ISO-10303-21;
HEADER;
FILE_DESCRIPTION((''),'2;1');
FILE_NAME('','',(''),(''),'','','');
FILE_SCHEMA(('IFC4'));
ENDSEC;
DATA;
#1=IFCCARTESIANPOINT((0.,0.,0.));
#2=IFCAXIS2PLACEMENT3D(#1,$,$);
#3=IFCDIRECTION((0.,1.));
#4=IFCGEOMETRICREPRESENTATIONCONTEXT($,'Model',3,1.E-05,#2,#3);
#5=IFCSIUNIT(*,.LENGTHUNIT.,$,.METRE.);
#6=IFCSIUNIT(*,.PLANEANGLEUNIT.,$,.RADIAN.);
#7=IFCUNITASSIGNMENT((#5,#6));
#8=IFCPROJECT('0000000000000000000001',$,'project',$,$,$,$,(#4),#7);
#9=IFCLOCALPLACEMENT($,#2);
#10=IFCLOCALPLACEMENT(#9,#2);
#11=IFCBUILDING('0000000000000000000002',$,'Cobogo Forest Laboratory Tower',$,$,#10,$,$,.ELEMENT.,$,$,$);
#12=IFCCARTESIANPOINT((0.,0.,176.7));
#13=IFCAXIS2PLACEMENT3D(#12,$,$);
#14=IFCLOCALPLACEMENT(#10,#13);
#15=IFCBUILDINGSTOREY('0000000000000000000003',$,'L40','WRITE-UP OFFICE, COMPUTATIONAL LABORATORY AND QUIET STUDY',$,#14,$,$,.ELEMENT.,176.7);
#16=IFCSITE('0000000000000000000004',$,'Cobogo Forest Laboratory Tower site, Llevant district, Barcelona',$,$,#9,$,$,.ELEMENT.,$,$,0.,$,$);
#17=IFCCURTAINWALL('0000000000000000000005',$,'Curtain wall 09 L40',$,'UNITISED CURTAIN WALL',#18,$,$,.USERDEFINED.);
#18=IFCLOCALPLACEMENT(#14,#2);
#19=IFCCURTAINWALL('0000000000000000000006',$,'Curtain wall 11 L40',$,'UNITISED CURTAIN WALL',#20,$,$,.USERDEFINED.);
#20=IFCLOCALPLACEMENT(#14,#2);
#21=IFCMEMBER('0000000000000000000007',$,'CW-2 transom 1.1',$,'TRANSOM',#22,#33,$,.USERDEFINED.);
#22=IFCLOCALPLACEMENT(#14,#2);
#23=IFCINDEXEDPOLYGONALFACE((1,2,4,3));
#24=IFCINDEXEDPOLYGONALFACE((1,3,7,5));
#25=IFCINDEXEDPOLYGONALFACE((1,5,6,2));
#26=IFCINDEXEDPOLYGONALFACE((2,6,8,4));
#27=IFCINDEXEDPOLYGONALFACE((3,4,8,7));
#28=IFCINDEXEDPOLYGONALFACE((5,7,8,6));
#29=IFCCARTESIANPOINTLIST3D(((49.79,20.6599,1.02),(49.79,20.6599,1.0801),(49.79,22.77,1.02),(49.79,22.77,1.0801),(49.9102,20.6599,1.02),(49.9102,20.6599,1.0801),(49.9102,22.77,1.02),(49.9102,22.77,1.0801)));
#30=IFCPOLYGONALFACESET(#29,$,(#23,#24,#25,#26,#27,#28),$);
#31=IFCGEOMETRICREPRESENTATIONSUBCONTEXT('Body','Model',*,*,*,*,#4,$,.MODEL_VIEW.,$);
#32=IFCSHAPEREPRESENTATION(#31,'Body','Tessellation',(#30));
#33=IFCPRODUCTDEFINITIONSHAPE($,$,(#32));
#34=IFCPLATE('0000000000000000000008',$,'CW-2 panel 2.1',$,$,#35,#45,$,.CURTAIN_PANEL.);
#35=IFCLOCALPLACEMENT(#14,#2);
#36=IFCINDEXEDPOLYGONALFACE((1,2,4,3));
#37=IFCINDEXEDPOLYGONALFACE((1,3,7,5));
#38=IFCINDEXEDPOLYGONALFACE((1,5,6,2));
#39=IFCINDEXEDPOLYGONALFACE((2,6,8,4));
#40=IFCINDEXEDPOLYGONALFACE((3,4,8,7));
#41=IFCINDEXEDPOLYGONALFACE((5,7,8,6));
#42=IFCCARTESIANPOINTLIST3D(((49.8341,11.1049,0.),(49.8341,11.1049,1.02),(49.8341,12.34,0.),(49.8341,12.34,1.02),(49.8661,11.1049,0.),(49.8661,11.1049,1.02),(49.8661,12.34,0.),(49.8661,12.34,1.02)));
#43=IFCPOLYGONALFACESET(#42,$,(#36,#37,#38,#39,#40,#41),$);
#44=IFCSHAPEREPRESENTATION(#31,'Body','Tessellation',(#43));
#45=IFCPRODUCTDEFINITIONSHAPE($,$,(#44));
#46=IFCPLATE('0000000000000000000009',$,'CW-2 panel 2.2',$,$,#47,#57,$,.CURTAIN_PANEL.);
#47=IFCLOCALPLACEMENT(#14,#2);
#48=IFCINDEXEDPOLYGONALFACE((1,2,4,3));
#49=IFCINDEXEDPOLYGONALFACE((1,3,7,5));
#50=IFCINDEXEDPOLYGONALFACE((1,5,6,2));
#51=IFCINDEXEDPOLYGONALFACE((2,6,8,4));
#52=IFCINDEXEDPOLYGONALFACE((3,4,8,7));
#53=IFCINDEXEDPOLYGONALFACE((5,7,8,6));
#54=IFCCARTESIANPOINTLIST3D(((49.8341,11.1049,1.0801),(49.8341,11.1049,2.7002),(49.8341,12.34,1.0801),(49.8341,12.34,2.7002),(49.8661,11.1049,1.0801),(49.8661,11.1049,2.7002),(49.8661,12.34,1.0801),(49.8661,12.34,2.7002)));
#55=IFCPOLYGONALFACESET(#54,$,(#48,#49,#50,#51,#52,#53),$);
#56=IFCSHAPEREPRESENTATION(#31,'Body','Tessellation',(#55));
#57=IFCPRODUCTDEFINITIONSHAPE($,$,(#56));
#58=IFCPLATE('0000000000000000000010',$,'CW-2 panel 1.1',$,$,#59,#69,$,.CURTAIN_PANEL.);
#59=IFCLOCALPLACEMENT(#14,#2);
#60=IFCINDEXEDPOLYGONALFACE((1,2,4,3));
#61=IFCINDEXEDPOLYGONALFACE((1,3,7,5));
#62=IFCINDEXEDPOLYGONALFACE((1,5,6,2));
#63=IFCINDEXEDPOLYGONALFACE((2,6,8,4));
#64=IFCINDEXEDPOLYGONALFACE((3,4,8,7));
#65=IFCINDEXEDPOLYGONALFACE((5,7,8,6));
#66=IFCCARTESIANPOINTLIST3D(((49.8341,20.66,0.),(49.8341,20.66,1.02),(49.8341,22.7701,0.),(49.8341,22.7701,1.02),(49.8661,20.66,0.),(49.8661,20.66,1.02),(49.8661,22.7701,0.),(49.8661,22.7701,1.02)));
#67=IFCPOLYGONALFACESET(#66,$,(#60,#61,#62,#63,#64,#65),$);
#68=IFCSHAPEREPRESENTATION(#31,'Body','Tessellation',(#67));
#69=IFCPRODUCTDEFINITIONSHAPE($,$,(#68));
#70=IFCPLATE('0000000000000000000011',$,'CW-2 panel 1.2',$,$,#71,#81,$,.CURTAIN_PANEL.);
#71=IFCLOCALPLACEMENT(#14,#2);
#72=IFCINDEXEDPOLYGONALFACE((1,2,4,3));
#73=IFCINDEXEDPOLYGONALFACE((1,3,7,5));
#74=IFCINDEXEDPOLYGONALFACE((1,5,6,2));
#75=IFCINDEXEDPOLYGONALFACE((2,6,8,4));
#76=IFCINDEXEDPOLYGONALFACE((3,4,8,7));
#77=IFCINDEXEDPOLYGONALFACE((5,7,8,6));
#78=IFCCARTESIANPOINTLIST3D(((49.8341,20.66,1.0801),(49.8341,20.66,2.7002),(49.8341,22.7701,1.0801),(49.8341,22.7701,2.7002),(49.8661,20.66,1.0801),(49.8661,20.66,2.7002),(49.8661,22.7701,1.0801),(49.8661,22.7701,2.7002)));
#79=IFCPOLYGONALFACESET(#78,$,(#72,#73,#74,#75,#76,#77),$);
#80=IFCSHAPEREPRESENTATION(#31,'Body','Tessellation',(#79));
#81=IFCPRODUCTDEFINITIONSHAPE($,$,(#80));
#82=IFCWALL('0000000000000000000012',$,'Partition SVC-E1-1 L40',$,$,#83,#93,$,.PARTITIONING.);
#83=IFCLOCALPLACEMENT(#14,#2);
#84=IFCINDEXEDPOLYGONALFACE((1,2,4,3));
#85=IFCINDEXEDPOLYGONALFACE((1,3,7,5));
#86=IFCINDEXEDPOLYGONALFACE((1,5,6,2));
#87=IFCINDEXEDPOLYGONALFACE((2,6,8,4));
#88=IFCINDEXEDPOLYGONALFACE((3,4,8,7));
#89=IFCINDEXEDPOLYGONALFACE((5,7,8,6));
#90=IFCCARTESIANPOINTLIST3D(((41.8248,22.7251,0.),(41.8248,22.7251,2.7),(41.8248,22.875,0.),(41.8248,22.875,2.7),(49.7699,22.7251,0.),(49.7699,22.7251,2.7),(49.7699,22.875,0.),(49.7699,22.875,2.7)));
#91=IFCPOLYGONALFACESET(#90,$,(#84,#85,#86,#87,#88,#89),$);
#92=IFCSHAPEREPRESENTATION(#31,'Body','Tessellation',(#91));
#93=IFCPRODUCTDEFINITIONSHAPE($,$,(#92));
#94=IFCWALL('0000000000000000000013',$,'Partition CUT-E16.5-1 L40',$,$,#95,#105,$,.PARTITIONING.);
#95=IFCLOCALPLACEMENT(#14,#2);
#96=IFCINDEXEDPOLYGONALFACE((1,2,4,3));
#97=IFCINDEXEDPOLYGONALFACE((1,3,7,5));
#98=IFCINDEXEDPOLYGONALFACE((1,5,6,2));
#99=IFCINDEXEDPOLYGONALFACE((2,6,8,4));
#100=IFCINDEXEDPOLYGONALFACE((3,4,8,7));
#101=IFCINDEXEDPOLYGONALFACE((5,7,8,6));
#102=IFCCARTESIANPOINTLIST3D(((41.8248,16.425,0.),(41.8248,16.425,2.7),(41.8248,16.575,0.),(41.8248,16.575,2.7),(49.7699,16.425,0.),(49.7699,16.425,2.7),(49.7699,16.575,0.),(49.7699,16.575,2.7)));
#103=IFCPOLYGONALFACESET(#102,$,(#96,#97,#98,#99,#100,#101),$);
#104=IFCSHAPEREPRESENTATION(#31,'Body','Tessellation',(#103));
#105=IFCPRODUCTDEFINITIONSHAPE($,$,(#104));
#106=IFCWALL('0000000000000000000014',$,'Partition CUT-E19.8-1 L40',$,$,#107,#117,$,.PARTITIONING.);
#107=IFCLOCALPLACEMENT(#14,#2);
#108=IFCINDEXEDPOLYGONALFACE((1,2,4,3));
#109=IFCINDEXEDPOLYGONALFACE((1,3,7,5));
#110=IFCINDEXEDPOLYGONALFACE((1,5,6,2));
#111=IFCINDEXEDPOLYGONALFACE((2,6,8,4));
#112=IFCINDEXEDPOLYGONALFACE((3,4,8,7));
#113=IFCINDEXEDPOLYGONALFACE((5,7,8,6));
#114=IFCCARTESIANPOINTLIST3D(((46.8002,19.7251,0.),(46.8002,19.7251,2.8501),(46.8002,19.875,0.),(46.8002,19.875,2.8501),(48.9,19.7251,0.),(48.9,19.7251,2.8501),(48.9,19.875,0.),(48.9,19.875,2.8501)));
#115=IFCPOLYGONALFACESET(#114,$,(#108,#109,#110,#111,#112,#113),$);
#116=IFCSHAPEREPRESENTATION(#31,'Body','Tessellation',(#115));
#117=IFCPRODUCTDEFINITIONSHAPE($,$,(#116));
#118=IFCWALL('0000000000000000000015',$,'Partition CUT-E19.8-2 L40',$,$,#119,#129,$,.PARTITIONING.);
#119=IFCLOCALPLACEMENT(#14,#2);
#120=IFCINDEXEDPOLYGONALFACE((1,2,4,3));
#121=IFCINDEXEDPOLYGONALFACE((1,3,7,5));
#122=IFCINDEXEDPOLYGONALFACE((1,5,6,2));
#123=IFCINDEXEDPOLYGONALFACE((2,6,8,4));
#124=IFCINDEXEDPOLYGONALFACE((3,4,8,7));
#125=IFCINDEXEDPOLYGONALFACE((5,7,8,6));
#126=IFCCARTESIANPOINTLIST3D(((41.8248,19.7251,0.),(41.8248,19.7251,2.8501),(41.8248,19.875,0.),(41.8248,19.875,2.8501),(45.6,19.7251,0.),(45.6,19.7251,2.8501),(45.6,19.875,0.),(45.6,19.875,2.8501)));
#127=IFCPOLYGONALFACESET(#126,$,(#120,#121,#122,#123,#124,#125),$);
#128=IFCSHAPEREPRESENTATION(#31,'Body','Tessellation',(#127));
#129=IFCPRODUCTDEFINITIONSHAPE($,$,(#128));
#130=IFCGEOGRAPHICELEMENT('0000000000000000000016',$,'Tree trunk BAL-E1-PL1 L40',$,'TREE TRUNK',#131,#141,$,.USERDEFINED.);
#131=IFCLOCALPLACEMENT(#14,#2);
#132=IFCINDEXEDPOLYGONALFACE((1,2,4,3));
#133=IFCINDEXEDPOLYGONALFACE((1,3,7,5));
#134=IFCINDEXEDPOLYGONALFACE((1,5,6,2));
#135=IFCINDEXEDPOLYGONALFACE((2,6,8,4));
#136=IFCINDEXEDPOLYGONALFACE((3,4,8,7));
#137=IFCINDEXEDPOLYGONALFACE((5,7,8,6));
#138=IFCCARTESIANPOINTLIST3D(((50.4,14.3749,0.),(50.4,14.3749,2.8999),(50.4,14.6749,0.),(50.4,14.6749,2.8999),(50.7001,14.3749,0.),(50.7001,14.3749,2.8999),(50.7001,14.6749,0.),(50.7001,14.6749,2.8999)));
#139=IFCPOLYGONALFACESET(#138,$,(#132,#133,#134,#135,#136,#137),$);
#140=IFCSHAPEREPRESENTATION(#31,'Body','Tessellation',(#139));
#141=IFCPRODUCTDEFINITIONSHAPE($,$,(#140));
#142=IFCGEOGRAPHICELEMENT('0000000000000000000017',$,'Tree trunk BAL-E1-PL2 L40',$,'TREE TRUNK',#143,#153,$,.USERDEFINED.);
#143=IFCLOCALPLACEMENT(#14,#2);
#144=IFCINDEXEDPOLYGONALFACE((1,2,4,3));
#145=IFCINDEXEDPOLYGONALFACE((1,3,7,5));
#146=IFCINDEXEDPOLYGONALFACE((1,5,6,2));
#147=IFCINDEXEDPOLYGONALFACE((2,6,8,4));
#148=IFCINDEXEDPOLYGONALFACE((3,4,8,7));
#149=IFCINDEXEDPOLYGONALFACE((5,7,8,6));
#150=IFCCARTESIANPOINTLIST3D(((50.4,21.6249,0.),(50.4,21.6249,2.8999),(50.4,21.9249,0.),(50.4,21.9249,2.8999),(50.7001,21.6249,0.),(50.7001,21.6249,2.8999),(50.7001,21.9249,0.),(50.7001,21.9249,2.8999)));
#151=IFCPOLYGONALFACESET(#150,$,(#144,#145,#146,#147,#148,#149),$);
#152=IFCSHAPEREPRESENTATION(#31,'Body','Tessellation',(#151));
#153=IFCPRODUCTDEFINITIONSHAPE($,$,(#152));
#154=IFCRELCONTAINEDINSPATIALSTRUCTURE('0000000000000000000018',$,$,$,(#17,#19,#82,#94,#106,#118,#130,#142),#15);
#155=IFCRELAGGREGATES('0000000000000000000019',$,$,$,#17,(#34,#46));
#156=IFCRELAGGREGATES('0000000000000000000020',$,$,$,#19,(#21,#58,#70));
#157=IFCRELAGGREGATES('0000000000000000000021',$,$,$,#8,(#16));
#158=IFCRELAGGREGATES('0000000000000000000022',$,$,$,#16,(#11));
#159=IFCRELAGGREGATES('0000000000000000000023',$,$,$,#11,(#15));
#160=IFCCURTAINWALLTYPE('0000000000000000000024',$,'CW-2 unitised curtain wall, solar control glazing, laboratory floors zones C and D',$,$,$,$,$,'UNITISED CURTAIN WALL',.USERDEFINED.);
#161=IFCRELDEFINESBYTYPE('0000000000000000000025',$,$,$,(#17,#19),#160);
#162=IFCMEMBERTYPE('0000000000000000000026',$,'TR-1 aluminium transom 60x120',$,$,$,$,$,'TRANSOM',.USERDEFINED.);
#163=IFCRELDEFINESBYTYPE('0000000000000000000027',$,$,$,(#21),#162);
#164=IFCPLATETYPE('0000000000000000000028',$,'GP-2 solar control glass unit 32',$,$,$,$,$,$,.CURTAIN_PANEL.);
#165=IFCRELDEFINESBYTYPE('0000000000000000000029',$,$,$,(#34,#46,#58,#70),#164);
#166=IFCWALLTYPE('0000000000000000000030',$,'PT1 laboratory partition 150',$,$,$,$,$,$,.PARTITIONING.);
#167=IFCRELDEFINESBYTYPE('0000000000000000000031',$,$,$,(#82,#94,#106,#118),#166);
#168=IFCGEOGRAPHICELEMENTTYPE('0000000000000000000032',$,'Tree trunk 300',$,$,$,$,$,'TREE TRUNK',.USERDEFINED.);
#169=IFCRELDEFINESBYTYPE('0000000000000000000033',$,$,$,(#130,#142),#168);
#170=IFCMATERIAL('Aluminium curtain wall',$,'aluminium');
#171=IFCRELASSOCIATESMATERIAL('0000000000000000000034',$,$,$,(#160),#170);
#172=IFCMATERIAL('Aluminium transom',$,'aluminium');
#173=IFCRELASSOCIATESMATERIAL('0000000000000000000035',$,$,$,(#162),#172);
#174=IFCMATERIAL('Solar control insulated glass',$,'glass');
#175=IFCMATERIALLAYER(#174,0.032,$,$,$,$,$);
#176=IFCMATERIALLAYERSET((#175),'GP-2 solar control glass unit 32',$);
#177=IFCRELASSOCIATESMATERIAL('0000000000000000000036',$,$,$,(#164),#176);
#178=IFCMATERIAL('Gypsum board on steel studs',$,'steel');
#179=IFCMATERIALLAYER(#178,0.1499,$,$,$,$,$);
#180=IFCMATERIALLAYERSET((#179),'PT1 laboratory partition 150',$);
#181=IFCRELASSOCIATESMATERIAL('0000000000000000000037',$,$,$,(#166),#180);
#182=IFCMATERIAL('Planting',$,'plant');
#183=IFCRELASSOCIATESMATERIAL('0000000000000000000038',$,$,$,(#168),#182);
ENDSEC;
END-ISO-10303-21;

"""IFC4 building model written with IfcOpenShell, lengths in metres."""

from ifc_helpers import new_model, si_unit, direction, frame, frame_2d, origin, origin_2d, place, context, subcontext, project, spatial, rectangle, extrude, material, layer, layer_set, material_profile, profile_set, type_object, element, aggregate, save


model = new_model("IFC4")

# Units and contexts
model_context = context("Model", 3, precision=1e-05, world=origin(), true_north=direction((0.0, 1.0)))
body_context = subcontext(model_context, "Body", "Model", "MODEL_VIEW")
ifc_project = project(units=[si_unit("LENGTHUNIT", "METRE"), si_unit("PLANEANGLEUNIT", "RADIAN")], contexts=[model_context])

# Site, building, storey
site_placement = place(None, origin())
site = spatial("IfcSite", under=ifc_project, at=site_placement, Name="Cobogo Forest Laboratory Tower site, Llevant district, Barcelona", CompositionType="ELEMENT", RefElevation=0.0)
building_placement = place(site_placement, origin())
building = spatial("IfcBuilding", under=site, at=building_placement, Name="Cobogo Forest Laboratory Tower", CompositionType="ELEMENT")
storey_placement = place(building_placement, frame((0.0, 0.0, 176.7)))
storey = spatial("IfcBuildingStorey", under=building, at=storey_placement, Name="L40", Description="WRITE-UP OFFICE, COMPUTATIONAL LABORATORY AND QUIET STUDY", CompositionType="ELEMENT", Elevation=176.7)

# Curtain wall
ifc_material_1 = material(Name="Aluminium curtain wall", Category="aluminium")
curtain_wall_type = type_object("IfcCurtainWallType", Name="CW-2 unitised curtain wall, solar control glazing, laboratory floors zones C and D", ElementType="UNITISED CURTAIN WALL", PredefinedType="USERDEFINED", material=ifc_material_1)
curtain_wall_1_placement = place(storey_placement, origin())
curtain_wall_1 = element("IfcCurtainWall", 1, at=curtain_wall_1_placement, inside=storey, type_object=curtain_wall_type, Name="Curtain wall 09 L40", ObjectType="UNITISED CURTAIN WALL", PredefinedType="USERDEFINED")

# Curtain wall
curtain_wall_2_placement = place(storey_placement, origin())
curtain_wall_2 = element("IfcCurtainWall", 2, at=curtain_wall_2_placement, inside=storey, type_object=curtain_wall_type, Name="Curtain wall 11 L40", ObjectType="UNITISED CURTAIN WALL", PredefinedType="USERDEFINED")

# Member
ifc_material_2 = material(Name="Aluminium transom", Category="aluminium")
ifc_material_profile_1 = material_profile(ifc_material_2, rectangle(XDim=0.1201, YDim=0.0601, at=origin_2d()), Name="AL 60x120")
ifc_profile_set_1 = profile_set([ifc_material_profile_1], Name="Aluminium transom")
member_type_1 = type_object("IfcMemberType", Name="TR-1 aluminium transom 60x120", ElementType="TRANSOM", PredefinedType="USERDEFINED", material=ifc_profile_set_1)
member_1_placement = place(storey_placement, frame((49.8501, 20.6599, 1.05), z_axis=(0.0, 1.0, 0.0), x_axis=(-1.0, 0.0, 0.0)))
member_1 = element("IfcMember", 3, at=member_1_placement, type_object=member_type_1, Name="CW-2 transom 1.1", ObjectType="TRANSOM", PredefinedType="USERDEFINED", context=body_context, shape_type="SweptSolid", body=[
    extrude(rectangle(XDim=0.1201, YDim=0.0601, at=origin_2d()), origin(), (0.0, 0.0, 1.0), 2.1101),
])

# Plates
ifc_material_3 = material(Name="Solar control insulated glass", Category="glass")
ifc_layer_1 = layer(ifc_material_3, 0.032)
ifc_layer_set_1 = layer_set([ifc_layer_1], Name="GP-2 solar control glass unit 32")
plate_type = type_object("IfcPlateType", Name="GP-2 solar control glass unit 32", PredefinedType="CURTAIN_PANEL", material=ifc_layer_set_1)
plate_1_placement = place(storey_placement, frame((49.8501, 11.7224, 0.0), z_axis=(0.0, 0.0, 1.0), x_axis=(0.0, 1.0, 0.0)))
plate_1 = element("IfcPlate", 4, at=plate_1_placement, type_object=plate_type, Name="CW-2 panel 2.1", PredefinedType="CURTAIN_PANEL", context=body_context, shape_type="SweptSolid", body=[
    extrude(rectangle(XDim=1.2351, YDim=0.032, at=origin_2d()), origin(), (0.0, 0.0, 1.0), 1.02),
])
plate_2_placement = place(storey_placement, frame((49.8501, 11.7224, 1.0801), z_axis=(0.0, 0.0, 1.0), x_axis=(0.0, 1.0, 0.0)))
plate_2 = element("IfcPlate", 5, at=plate_2_placement, type_object=plate_type, Name="CW-2 panel 2.2", PredefinedType="CURTAIN_PANEL", context=body_context, shape_type="SweptSolid", body=[
    extrude(rectangle(XDim=1.2351, YDim=0.032, at=origin_2d()), origin(), (0.0, 0.0, 1.0), 1.6201),
])
aggregate(curtain_wall_1, [plate_1, plate_2])
plate_3_placement = place(storey_placement, frame((49.8501, 21.7151, 0.0), z_axis=(0.0, 0.0, 1.0), x_axis=(0.0, 1.0, 0.0)))
plate_3 = element("IfcPlate", 6, at=plate_3_placement, type_object=plate_type, Name="CW-2 panel 1.1", PredefinedType="CURTAIN_PANEL", context=body_context, shape_type="SweptSolid", body=[
    extrude(rectangle(XDim=2.1101, YDim=0.032, at=origin_2d()), origin(), (0.0, 0.0, 1.0), 1.02),
])
plate_4_placement = place(storey_placement, frame((49.8501, 21.7151, 1.0801), z_axis=(0.0, 0.0, 1.0), x_axis=(0.0, 1.0, 0.0)))
plate_4 = element("IfcPlate", 7, at=plate_4_placement, type_object=plate_type, Name="CW-2 panel 1.2", PredefinedType="CURTAIN_PANEL", context=body_context, shape_type="SweptSolid", body=[
    extrude(rectangle(XDim=2.1101, YDim=0.032, at=origin_2d()), origin(), (0.0, 0.0, 1.0), 1.6201),
])
aggregate(curtain_wall_2, [member_1, plate_3, plate_4])

# Walls
ifc_material_4 = material(Name="Gypsum board on steel studs", Category="steel")
ifc_layer_2 = layer(ifc_material_4, 0.1499)
ifc_layer_set_2 = layer_set([ifc_layer_2], Name="PT1 laboratory partition 150")
wall_type_1 = type_object("IfcWallType", Name="PT1 laboratory partition 150", PredefinedType="PARTITIONING", material=ifc_layer_set_2)
for number, where, z_axis, x_axis, name in (
    (8, (49.77, 22.8, 0.0), (0.0, 0.0, 1.0), (-1.0, 0.0, 0.0), "Partition SVC-E1-1 L40"),
    (9, (49.77, 16.5, 0.0), (0.0, 0.0, 1.0), (-1.0, 0.0, 0.0), "Partition CUT-E16.5-1 L40"),
):
    element("IfcWall", number, at=place(storey_placement, frame(where, z_axis=z_axis, x_axis=x_axis)), inside=storey, type_object=wall_type_1, Name=name, PredefinedType="PARTITIONING", context=body_context, shape_type="SweptSolid", body=[
        extrude(rectangle(XDim=7.9451, YDim=0.1499, at=frame_2d((3.9727, 0.0))), origin(), (0.0, 0.0, 1.0), 2.7),
    ])
wall_1_placement = place(storey_placement, frame((48.8999, 19.8, 0.0), z_axis=(0.0, 0.0, 1.0), x_axis=(-1.0, 0.0, 0.0)))
element("IfcWall", 10, at=wall_1_placement, inside=storey, type_object=wall_type_1, Name="Partition CUT-E19.8-1 L40", PredefinedType="PARTITIONING", context=body_context, shape_type="SweptSolid", body=[
    extrude(rectangle(XDim=2.0999, YDim=0.1499, at=frame_2d((1.0498, 0.0))), origin(), (0.0, 0.0, 1.0), 2.8501),
])
wall_2_placement = place(storey_placement, frame((45.6001, 19.8, 0.0), z_axis=(0.0, 0.0, 1.0), x_axis=(-1.0, 0.0, 0.0)))
element("IfcWall", 11, at=wall_2_placement, inside=storey, type_object=wall_type_1, Name="Partition CUT-E19.8-2 L40", PredefinedType="PARTITIONING", context=body_context, shape_type="SweptSolid", body=[
    extrude(rectangle(XDim=3.7751, YDim=0.1499, at=frame_2d((1.8877, 0.0))), origin(), (0.0, 0.0, 1.0), 2.8501),
])

# Geographic elements
ifc_material_5 = material(Name="Planting", Category="plant")
geographic_element_type = type_object("IfcGeographicElementType", Name="Tree trunk 300", ElementType="TREE TRUNK", PredefinedType="USERDEFINED", material=ifc_material_5)
for number, where, z_axis, x_axis, name in (
    (12, (50.55, 14.5249, 0.0), (0.0, 0.0, 1.0), (1.0, 0.0, 0.0), "Tree trunk BAL-E1-PL1 L40"),
    (13, (50.55, 21.7749, 0.0), (0.0, 0.0, 1.0), (1.0, 0.0, 0.0), "Tree trunk BAL-E1-PL2 L40"),
):
    element("IfcGeographicElement", number, at=place(storey_placement, frame(where, z_axis=z_axis, x_axis=x_axis)), inside=storey, type_object=geographic_element_type, Name=name, ObjectType="TREE TRUNK", PredefinedType="USERDEFINED", context=body_context, shape_type="SweptSolid", body=[
        extrude(rectangle(XDim=0.3, YDim=0.3, at=origin_2d()), origin(), (0.0, 0.0, 1.0), 2.8999),
    ])

save(model, "model.ifc")
